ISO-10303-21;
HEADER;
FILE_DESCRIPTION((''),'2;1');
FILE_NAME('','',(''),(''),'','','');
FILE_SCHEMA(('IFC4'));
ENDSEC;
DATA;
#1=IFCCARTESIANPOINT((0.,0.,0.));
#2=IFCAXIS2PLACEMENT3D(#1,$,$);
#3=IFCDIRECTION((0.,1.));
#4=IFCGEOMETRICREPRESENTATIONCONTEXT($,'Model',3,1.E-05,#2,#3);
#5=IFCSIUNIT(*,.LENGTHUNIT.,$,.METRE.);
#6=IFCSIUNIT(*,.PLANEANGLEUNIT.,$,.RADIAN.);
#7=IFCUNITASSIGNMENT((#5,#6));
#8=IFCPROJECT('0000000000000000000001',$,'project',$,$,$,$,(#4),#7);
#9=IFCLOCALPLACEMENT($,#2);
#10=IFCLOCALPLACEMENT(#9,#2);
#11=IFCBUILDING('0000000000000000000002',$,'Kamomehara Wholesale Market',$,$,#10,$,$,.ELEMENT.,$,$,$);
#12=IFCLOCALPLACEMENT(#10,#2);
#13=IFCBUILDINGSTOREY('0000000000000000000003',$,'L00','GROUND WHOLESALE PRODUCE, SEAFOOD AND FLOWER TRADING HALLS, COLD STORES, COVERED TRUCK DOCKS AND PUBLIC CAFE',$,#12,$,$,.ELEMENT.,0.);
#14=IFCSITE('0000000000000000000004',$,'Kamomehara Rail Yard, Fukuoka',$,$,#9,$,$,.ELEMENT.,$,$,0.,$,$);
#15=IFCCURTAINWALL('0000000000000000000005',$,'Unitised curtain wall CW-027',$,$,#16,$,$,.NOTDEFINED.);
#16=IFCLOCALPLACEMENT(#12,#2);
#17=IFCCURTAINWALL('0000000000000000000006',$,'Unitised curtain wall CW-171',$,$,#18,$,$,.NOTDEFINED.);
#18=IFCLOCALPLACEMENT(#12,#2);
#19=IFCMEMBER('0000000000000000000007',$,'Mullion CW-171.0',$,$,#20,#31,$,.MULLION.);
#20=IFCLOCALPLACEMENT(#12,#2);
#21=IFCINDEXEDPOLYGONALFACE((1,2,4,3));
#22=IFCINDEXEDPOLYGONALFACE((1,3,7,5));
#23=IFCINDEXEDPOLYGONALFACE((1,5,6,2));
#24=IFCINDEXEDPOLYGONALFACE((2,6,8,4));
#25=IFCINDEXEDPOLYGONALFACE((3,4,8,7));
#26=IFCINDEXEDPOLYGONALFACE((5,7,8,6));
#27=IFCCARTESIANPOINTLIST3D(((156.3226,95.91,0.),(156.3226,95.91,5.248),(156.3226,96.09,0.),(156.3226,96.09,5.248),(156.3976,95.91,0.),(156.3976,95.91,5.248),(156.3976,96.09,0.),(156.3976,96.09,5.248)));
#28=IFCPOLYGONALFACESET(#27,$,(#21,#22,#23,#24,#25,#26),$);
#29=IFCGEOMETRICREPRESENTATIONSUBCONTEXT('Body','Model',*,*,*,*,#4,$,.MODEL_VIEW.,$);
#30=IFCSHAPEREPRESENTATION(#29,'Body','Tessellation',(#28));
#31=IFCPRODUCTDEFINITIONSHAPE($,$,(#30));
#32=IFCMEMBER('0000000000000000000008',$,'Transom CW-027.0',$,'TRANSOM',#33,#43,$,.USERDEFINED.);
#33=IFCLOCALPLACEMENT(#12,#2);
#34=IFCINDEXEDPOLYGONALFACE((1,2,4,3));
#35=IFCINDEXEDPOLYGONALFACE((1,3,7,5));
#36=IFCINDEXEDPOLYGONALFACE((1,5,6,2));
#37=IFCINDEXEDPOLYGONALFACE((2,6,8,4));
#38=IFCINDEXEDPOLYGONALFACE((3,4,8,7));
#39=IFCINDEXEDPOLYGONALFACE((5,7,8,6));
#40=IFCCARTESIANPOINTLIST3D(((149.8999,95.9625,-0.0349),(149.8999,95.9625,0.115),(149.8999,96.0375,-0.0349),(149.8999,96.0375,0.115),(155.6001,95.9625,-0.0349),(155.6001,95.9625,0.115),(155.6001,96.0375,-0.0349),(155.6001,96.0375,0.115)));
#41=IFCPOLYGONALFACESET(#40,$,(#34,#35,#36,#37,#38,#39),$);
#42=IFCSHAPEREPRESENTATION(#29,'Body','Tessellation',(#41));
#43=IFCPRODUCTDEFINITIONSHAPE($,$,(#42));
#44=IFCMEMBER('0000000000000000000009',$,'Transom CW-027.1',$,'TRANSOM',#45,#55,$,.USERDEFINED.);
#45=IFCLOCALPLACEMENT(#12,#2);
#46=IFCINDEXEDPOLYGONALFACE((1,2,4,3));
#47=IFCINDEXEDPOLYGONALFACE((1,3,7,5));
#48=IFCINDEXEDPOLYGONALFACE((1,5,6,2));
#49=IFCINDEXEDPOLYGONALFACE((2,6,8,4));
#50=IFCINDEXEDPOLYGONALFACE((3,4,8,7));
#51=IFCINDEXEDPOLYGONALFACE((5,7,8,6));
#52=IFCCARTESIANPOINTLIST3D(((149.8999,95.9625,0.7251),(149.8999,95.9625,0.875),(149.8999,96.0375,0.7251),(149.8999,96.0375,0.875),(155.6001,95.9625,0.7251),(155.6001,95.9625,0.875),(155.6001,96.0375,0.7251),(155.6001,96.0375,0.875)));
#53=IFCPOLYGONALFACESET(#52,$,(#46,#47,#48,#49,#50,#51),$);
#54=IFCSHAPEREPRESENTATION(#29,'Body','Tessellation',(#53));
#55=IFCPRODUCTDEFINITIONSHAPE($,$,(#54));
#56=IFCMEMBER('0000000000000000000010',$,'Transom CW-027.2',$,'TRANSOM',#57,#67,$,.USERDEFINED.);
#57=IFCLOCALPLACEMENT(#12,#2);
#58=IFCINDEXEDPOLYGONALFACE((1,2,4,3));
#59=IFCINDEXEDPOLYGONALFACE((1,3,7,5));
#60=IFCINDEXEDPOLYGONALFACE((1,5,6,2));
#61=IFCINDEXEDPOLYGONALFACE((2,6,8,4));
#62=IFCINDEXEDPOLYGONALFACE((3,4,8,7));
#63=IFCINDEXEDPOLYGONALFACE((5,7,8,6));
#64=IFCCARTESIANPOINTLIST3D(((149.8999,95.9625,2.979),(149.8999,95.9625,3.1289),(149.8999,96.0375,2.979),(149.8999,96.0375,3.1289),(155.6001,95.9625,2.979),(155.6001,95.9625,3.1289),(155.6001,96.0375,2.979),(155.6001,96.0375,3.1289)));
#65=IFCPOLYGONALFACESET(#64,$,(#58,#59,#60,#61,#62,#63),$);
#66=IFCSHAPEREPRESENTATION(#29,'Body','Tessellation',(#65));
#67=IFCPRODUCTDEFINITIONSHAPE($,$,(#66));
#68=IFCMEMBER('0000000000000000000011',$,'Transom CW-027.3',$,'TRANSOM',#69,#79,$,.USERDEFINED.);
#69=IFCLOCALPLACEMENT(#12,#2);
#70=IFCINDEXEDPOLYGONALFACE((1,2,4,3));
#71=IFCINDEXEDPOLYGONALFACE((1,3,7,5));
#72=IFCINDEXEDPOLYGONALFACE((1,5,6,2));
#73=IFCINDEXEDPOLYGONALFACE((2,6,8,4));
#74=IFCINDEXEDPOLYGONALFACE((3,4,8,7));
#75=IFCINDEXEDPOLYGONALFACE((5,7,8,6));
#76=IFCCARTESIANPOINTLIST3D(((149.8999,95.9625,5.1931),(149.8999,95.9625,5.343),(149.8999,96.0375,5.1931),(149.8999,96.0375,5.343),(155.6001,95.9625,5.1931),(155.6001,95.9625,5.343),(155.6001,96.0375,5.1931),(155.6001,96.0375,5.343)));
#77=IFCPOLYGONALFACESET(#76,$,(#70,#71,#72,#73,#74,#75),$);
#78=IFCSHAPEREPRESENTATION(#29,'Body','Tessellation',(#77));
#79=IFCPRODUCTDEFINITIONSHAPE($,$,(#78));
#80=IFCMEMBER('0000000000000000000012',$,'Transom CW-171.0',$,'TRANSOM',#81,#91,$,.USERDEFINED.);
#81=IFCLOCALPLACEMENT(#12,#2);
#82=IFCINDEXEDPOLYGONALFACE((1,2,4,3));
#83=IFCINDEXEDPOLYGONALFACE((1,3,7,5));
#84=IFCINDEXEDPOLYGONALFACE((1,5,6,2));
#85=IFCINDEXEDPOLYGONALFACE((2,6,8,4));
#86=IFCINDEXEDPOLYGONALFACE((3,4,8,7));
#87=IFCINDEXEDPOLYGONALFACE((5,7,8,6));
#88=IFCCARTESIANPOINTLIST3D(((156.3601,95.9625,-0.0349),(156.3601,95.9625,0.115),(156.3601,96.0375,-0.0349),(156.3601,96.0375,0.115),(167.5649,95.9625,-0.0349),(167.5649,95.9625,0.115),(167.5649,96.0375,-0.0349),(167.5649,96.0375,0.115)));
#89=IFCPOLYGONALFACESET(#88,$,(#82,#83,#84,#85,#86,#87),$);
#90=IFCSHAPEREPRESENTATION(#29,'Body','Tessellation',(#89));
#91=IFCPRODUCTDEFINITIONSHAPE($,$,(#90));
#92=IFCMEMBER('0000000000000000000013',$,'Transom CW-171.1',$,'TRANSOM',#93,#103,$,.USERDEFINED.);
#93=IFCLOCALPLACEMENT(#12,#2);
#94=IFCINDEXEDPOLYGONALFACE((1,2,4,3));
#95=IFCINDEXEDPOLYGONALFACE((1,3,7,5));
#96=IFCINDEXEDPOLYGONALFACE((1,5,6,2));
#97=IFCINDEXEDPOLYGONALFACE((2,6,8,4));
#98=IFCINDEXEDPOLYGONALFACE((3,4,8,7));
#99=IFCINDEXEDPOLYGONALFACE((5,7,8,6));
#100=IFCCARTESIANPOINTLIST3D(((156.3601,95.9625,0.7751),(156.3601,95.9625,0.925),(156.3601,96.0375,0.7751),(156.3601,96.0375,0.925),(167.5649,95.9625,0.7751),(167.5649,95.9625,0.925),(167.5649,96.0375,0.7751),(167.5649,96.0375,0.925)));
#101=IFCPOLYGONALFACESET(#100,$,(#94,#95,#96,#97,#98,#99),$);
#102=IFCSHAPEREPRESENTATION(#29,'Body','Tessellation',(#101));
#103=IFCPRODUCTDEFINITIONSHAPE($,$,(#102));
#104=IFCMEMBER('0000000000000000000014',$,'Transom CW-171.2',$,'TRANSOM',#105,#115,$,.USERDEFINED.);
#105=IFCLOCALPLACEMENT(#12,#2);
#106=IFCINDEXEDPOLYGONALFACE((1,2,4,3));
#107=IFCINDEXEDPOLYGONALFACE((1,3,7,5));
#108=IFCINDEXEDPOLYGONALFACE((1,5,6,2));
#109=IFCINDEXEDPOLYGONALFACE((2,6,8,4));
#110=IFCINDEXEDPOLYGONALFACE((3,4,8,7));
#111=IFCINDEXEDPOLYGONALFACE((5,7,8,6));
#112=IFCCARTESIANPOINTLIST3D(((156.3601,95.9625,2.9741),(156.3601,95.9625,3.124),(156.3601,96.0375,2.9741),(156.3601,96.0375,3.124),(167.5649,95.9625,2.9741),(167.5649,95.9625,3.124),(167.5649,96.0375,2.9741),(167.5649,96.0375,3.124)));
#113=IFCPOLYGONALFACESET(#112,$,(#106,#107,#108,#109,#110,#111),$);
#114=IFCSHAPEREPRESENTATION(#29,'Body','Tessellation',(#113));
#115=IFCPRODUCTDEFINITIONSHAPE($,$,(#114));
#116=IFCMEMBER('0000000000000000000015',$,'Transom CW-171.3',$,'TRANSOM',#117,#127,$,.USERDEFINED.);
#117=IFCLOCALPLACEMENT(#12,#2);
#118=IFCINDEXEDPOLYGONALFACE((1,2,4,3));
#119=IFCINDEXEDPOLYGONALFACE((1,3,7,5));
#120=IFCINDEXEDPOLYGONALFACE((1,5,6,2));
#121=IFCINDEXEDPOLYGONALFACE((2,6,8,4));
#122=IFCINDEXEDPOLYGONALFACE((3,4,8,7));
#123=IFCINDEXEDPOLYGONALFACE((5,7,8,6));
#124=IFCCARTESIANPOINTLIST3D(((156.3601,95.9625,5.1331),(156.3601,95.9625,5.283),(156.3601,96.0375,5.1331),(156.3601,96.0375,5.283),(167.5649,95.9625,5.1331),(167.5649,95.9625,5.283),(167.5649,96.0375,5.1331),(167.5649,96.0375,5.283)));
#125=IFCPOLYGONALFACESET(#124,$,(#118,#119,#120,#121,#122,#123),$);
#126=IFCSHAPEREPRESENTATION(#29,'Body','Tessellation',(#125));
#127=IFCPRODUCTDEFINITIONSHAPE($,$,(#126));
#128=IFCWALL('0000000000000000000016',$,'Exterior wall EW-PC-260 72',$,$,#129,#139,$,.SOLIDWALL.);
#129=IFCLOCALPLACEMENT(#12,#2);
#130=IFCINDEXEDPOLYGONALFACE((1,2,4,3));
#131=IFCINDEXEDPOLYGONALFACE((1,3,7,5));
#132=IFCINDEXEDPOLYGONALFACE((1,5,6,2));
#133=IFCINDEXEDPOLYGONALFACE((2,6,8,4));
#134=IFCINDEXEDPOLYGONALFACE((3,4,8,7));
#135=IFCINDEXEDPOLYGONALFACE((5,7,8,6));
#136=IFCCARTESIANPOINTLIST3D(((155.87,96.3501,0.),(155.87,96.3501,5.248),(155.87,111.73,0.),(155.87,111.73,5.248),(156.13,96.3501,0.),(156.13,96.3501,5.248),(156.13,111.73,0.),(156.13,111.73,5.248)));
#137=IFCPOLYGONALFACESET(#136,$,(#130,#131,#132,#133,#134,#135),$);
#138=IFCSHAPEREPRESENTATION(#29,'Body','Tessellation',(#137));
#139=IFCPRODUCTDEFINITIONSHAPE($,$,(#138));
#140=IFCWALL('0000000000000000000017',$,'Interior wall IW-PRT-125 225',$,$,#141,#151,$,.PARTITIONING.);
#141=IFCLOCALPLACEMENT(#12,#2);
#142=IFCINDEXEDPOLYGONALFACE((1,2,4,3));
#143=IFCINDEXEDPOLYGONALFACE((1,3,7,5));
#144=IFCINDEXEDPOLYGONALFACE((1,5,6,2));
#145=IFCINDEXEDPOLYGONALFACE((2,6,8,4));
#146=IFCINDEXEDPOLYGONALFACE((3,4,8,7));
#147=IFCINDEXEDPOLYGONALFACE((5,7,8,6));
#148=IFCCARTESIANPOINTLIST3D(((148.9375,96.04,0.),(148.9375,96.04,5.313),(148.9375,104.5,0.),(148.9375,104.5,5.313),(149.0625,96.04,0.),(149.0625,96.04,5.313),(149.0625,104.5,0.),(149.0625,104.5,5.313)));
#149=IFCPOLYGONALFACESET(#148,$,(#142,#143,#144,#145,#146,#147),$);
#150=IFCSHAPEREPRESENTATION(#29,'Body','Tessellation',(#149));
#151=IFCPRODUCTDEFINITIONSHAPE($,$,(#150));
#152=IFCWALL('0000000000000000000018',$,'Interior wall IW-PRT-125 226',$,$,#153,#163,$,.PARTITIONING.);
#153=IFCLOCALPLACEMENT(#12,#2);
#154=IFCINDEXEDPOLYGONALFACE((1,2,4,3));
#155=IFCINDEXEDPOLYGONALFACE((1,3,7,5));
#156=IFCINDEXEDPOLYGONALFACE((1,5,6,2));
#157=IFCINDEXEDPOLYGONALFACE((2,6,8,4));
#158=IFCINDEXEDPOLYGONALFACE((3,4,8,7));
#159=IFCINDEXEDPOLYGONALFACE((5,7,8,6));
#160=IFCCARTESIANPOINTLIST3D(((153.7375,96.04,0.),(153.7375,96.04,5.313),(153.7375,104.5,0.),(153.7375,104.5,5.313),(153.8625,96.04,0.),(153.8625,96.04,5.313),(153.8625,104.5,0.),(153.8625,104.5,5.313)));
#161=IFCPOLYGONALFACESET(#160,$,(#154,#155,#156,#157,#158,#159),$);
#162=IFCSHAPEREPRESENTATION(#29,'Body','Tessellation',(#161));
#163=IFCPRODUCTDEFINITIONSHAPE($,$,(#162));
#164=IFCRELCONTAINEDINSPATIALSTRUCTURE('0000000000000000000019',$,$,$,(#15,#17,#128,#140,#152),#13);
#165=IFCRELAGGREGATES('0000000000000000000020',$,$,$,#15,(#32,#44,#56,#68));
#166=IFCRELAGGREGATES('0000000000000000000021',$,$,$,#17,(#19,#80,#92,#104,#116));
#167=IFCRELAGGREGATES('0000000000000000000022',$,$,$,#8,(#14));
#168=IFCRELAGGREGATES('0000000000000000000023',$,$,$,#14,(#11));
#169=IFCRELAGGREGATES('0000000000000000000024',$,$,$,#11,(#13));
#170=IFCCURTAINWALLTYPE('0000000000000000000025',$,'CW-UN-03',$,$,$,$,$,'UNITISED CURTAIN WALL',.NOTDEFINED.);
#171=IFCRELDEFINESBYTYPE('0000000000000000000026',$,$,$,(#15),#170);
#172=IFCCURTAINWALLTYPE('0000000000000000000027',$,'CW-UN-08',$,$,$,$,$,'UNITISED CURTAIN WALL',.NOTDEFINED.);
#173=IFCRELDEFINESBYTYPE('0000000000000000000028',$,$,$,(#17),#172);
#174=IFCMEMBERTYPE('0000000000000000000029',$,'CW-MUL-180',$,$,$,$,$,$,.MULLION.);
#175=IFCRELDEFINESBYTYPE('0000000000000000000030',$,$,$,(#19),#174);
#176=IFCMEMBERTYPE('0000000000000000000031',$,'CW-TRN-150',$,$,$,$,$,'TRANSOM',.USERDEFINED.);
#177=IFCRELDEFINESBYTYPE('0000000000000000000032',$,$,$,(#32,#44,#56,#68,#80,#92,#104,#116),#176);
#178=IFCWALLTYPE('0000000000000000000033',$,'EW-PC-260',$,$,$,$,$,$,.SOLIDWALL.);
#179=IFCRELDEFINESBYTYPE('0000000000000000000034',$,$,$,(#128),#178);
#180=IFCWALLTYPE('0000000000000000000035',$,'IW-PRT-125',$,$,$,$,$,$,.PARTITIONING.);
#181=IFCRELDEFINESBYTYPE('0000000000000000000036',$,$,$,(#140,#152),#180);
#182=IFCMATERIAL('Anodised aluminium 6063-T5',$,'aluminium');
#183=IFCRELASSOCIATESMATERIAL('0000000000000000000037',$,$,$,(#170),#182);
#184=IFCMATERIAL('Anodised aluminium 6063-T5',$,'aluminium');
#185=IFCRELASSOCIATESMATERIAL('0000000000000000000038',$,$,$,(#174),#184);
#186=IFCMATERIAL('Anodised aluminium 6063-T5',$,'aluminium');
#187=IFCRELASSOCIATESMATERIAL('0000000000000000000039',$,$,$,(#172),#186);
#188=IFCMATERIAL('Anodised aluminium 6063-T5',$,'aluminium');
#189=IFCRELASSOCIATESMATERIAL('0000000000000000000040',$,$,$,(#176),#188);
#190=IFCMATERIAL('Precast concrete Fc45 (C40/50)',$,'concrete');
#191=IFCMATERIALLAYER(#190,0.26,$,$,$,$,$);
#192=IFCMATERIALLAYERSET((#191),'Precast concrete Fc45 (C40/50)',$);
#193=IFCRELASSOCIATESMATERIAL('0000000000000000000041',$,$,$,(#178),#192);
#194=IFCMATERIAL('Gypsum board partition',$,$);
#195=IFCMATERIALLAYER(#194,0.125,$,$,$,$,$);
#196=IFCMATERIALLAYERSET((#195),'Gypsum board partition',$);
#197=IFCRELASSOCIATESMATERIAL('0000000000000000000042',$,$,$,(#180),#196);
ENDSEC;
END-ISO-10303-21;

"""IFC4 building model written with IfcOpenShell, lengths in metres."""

from ifc_helpers import new_model, si_unit, direction, frame, frame_2d, origin, origin_2d, place, context, subcontext, project, spatial, rectangle, extrude, material, layer, layer_set, material_profile, profile_set, type_object, element, aggregate, save


model = new_model("IFC4")

# Units and contexts
model_context = context("Model", 3, precision=1e-05, world=origin(), true_north=direction((0.0, 1.0)))
body_context = subcontext(model_context, "Body", "Model", "MODEL_VIEW")
ifc_project = project(units=[si_unit("LENGTHUNIT", "METRE"), si_unit("PLANEANGLEUNIT", "RADIAN")], contexts=[model_context])

# Site, building, storey
site_placement = place(None, origin())
site = spatial("IfcSite", under=ifc_project, at=site_placement, Name="Kamomehara Rail Yard, Fukuoka", CompositionType="ELEMENT", RefElevation=0.0)
building_placement = place(site_placement, origin())
building = spatial("IfcBuilding", under=site, at=building_placement, Name="Kamomehara Wholesale Market", CompositionType="ELEMENT")
storey_placement = place(building_placement, origin())
storey = spatial("IfcBuildingStorey", under=building, at=storey_placement, Name="L00", Description="GROUND WHOLESALE PRODUCE, SEAFOOD AND FLOWER TRADING HALLS, COLD STORES, COVERED TRUCK DOCKS AND PUBLIC CAFE", CompositionType="ELEMENT", Elevation=0.0)

# Curtain walls, member
ifc_material_1 = material(Name="Anodised aluminium 6063-T5", Category="aluminium")
curtain_wall_type_1 = type_object("IfcCurtainWallType", Name="CW-UN-03", ElementType="UNITISED CURTAIN WALL", PredefinedType="NOTDEFINED", material=ifc_material_1)
curtain_wall_1_placement = place(storey_placement, origin())
curtain_wall_1 = element("IfcCurtainWall", 1, at=curtain_wall_1_placement, inside=storey, type_object=curtain_wall_type_1, Name="Unitised curtain wall CW-027", PredefinedType="NOTDEFINED")
ifc_material_2 = material(Name="Anodised aluminium 6063-T5", Category="aluminium")
ifc_material_profile_1 = material_profile(ifc_material_2, rectangle(XDim=0.075, YDim=0.1799, at=origin_2d()), Name="ALU-MUL-75x180")
ifc_profile_set_1 = profile_set([ifc_material_profile_1], Name="Anodised aluminium 6063-T5")
member_type_1 = type_object("IfcMemberType", Name="CW-MUL-180", PredefinedType="MULLION", material=ifc_profile_set_1)
ifc_material_3 = material(Name="Anodised aluminium 6063-T5", Category="aluminium")
curtain_wall_type_2 = type_object("IfcCurtainWallType", Name="CW-UN-08", ElementType="UNITISED CURTAIN WALL", PredefinedType="NOTDEFINED", material=ifc_material_3)
curtain_wall_2_placement = place(storey_placement, origin())
curtain_wall_2 = element("IfcCurtainWall", 2, at=curtain_wall_2_placement, inside=storey, type_object=curtain_wall_type_2, Name="Unitised curtain wall CW-171", PredefinedType="NOTDEFINED")
member_1_placement = place(storey_placement, frame((156.3601, 96.0, 0.0), z_axis=(0.0, 0.0, 1.0), x_axis=(1.0, 0.0, 0.0)))
member_1 = element("IfcMember", 3, at=member_1_placement, type_object=member_type_1, Name="Mullion CW-171.0", PredefinedType="MULLION", context=body_context, shape_type="SweptSolid", body=[
    extrude(rectangle(XDim=0.075, YDim=0.1799, at=origin_2d()), origin(), (0.0, 0.0, 1.0), 5.248),
])

# Members
ifc_material_4 = material(Name="Anodised aluminium 6063-T5", Category="aluminium")
ifc_material_profile_2 = material_profile(ifc_material_4, rectangle(XDim=0.075, YDim=0.1499, at=origin_2d()), Name="ALU-TRN-75x150")
ifc_profile_set_2 = profile_set([ifc_material_profile_2], Name="Anodised aluminium 6063-T5")
member_type_2 = type_object("IfcMemberType", Name="CW-TRN-150", ElementType="TRANSOM", PredefinedType="USERDEFINED", material=ifc_profile_set_2)
member_2_placement = place(storey_placement, frame((155.6001, 96.0, 0.04), z_axis=(-1.0, 0.0, 0.0), x_axis=(0.0, -1.0, 0.0)))
member_2 = element("IfcMember", 4, at=member_2_placement, type_object=member_type_2, Name="Transom CW-027.0", ObjectType="TRANSOM", PredefinedType="USERDEFINED", context=body_context, shape_type="SweptSolid", body=[
    extrude(rectangle(XDim=0.075, YDim=0.1499, at=origin_2d()), origin(), (0.0, 0.0, 1.0), 5.7002),
])
member_3_placement = place(storey_placement, frame((155.6001, 96.0, 0.8), z_axis=(-1.0, 0.0, 0.0), x_axis=(0.0, -1.0, 0.0)))
member_3 = element("IfcMember", 5, at=member_3_placement, type_object=member_type_2, Name="Transom CW-027.1", ObjectType="TRANSOM", PredefinedType="USERDEFINED", context=body_context, shape_type="SweptSolid", body=[
    extrude(rectangle(XDim=0.075, YDim=0.1499, at=origin_2d()), origin(), (0.0, 0.0, 1.0), 5.7002),
])
member_4_placement = place(storey_placement, frame((155.6001, 96.0, 3.054), z_axis=(-1.0, 0.0, 0.0), x_axis=(0.0, -1.0, 0.0)))
member_4 = element("IfcMember", 6, at=member_4_placement, type_object=member_type_2, Name="Transom CW-027.2", ObjectType="TRANSOM", PredefinedType="USERDEFINED", context=body_context, shape_type="SweptSolid", body=[
    extrude(rectangle(XDim=0.075, YDim=0.1499, at=origin_2d()), origin(), (0.0, 0.0, 1.0), 5.7002),
])
member_5_placement = place(storey_placement, frame((155.6001, 96.0, 5.2681), z_axis=(-1.0, 0.0, 0.0), x_axis=(0.0, -1.0, 0.0)))
member_5 = element("IfcMember", 7, at=member_5_placement, type_object=member_type_2, Name="Transom CW-027.3", ObjectType="TRANSOM", PredefinedType="USERDEFINED", context=body_context, shape_type="SweptSolid", body=[
    extrude(rectangle(XDim=0.075, YDim=0.1499, at=origin_2d()), origin(), (0.0, 0.0, 1.0), 5.7002),
])
aggregate(curtain_wall_1, [member_2, member_3, member_4, member_5])
member_6_placement = place(storey_placement, frame((156.3601, 96.0, 0.04), z_axis=(1.0, 0.0, 0.0), x_axis=(0.0, 1.0, 0.0)))
member_6 = element("IfcMember", 8, at=member_6_placement, type_object=member_type_2, Name="Transom CW-171.0", ObjectType="TRANSOM", PredefinedType="USERDEFINED", context=body_context, shape_type="SweptSolid", body=[
    extrude(rectangle(XDim=0.075, YDim=0.1499, at=origin_2d()), origin(), (0.0, 0.0, 1.0), 11.2048),
])
member_7_placement = place(storey_placement, frame((156.3601, 96.0, 0.8501), z_axis=(1.0, 0.0, 0.0), x_axis=(0.0, 1.0, 0.0)))
member_7 = element("IfcMember", 9, at=member_7_placement, type_object=member_type_2, Name="Transom CW-171.1", ObjectType="TRANSOM", PredefinedType="USERDEFINED", context=body_context, shape_type="SweptSolid", body=[
    extrude(rectangle(XDim=0.075, YDim=0.1499, at=origin_2d()), origin(), (0.0, 0.0, 1.0), 11.2048),
])
member_8_placement = place(storey_placement, frame((156.3601, 96.0, 3.0491), z_axis=(1.0, 0.0, 0.0), x_axis=(0.0, 1.0, 0.0)))
member_8 = element("IfcMember", 10, at=member_8_placement, type_object=member_type_2, Name="Transom CW-171.2", ObjectType="TRANSOM", PredefinedType="USERDEFINED", context=body_context, shape_type="SweptSolid", body=[
    extrude(rectangle(XDim=0.075, YDim=0.1499, at=origin_2d()), origin(), (0.0, 0.0, 1.0), 11.2048),
])
member_9_placement = place(storey_placement, frame((156.3601, 96.0, 5.208), z_axis=(1.0, 0.0, 0.0), x_axis=(0.0, 1.0, 0.0)))
member_9 = element("IfcMember", 11, at=member_9_placement, type_object=member_type_2, Name="Transom CW-171.3", ObjectType="TRANSOM", PredefinedType="USERDEFINED", context=body_context, shape_type="SweptSolid", body=[
    extrude(rectangle(XDim=0.075, YDim=0.1499, at=origin_2d()), origin(), (0.0, 0.0, 1.0), 11.2048),
])
aggregate(curtain_wall_2, [member_1, member_6, member_7, member_8, member_9])

# Walls
ifc_material_5 = material(Name="Precast concrete Fc45 (C40/50)", Category="concrete")
ifc_layer_1 = layer(ifc_material_5, 0.26)
ifc_layer_set_1 = layer_set([ifc_layer_1], Name="Precast concrete Fc45 (C40/50)")
wall_type_1 = type_object("IfcWallType", Name="EW-PC-260", PredefinedType="SOLIDWALL", material=ifc_layer_set_1)
wall_placement = place(storey_placement, frame((156.0, 111.73, 0.0), z_axis=(0.0, 0.0, 1.0), x_axis=(0.0, -1.0, 0.0)))
element("IfcWall", 12, at=wall_placement, inside=storey, type_object=wall_type_1, Name="Exterior wall EW-PC-260 72", PredefinedType="SOLIDWALL", context=body_context, shape_type="SweptSolid", body=[
    extrude(rectangle(XDim=15.3799, YDim=0.26, at=frame_2d((7.6899, 0.0))), origin(), (0.0, 0.0, 1.0), 5.248),
])
ifc_material_6 = material(Name="Gypsum board partition")
ifc_layer_2 = layer(ifc_material_6, 0.125)
ifc_layer_set_2 = layer_set([ifc_layer_2], Name="Gypsum board partition")
wall_type_2 = type_object("IfcWallType", Name="IW-PRT-125", PredefinedType="PARTITIONING", material=ifc_layer_set_2)
for number, where, z_axis, x_axis, name in (
    (13, (149.0, 96.04, 0.0), (0.0, 0.0, 1.0), (0.0, 1.0, 0.0), "Interior wall IW-PRT-125 225"),
    (14, (153.8, 96.04, 0.0), (0.0, 0.0, 1.0), (0.0, 1.0, 0.0), "Interior wall IW-PRT-125 226"),
):
    element("IfcWall", number, at=place(storey_placement, frame(where, z_axis=z_axis, x_axis=x_axis)), inside=storey, type_object=wall_type_2, Name=name, PredefinedType="PARTITIONING", context=body_context, shape_type="SweptSolid", body=[
        extrude(rectangle(XDim=8.46, YDim=0.125, at=frame_2d((4.23, 0.0))), origin(), (0.0, 0.0, 1.0), 5.313),
    ])

save(model, "model.ifc")
